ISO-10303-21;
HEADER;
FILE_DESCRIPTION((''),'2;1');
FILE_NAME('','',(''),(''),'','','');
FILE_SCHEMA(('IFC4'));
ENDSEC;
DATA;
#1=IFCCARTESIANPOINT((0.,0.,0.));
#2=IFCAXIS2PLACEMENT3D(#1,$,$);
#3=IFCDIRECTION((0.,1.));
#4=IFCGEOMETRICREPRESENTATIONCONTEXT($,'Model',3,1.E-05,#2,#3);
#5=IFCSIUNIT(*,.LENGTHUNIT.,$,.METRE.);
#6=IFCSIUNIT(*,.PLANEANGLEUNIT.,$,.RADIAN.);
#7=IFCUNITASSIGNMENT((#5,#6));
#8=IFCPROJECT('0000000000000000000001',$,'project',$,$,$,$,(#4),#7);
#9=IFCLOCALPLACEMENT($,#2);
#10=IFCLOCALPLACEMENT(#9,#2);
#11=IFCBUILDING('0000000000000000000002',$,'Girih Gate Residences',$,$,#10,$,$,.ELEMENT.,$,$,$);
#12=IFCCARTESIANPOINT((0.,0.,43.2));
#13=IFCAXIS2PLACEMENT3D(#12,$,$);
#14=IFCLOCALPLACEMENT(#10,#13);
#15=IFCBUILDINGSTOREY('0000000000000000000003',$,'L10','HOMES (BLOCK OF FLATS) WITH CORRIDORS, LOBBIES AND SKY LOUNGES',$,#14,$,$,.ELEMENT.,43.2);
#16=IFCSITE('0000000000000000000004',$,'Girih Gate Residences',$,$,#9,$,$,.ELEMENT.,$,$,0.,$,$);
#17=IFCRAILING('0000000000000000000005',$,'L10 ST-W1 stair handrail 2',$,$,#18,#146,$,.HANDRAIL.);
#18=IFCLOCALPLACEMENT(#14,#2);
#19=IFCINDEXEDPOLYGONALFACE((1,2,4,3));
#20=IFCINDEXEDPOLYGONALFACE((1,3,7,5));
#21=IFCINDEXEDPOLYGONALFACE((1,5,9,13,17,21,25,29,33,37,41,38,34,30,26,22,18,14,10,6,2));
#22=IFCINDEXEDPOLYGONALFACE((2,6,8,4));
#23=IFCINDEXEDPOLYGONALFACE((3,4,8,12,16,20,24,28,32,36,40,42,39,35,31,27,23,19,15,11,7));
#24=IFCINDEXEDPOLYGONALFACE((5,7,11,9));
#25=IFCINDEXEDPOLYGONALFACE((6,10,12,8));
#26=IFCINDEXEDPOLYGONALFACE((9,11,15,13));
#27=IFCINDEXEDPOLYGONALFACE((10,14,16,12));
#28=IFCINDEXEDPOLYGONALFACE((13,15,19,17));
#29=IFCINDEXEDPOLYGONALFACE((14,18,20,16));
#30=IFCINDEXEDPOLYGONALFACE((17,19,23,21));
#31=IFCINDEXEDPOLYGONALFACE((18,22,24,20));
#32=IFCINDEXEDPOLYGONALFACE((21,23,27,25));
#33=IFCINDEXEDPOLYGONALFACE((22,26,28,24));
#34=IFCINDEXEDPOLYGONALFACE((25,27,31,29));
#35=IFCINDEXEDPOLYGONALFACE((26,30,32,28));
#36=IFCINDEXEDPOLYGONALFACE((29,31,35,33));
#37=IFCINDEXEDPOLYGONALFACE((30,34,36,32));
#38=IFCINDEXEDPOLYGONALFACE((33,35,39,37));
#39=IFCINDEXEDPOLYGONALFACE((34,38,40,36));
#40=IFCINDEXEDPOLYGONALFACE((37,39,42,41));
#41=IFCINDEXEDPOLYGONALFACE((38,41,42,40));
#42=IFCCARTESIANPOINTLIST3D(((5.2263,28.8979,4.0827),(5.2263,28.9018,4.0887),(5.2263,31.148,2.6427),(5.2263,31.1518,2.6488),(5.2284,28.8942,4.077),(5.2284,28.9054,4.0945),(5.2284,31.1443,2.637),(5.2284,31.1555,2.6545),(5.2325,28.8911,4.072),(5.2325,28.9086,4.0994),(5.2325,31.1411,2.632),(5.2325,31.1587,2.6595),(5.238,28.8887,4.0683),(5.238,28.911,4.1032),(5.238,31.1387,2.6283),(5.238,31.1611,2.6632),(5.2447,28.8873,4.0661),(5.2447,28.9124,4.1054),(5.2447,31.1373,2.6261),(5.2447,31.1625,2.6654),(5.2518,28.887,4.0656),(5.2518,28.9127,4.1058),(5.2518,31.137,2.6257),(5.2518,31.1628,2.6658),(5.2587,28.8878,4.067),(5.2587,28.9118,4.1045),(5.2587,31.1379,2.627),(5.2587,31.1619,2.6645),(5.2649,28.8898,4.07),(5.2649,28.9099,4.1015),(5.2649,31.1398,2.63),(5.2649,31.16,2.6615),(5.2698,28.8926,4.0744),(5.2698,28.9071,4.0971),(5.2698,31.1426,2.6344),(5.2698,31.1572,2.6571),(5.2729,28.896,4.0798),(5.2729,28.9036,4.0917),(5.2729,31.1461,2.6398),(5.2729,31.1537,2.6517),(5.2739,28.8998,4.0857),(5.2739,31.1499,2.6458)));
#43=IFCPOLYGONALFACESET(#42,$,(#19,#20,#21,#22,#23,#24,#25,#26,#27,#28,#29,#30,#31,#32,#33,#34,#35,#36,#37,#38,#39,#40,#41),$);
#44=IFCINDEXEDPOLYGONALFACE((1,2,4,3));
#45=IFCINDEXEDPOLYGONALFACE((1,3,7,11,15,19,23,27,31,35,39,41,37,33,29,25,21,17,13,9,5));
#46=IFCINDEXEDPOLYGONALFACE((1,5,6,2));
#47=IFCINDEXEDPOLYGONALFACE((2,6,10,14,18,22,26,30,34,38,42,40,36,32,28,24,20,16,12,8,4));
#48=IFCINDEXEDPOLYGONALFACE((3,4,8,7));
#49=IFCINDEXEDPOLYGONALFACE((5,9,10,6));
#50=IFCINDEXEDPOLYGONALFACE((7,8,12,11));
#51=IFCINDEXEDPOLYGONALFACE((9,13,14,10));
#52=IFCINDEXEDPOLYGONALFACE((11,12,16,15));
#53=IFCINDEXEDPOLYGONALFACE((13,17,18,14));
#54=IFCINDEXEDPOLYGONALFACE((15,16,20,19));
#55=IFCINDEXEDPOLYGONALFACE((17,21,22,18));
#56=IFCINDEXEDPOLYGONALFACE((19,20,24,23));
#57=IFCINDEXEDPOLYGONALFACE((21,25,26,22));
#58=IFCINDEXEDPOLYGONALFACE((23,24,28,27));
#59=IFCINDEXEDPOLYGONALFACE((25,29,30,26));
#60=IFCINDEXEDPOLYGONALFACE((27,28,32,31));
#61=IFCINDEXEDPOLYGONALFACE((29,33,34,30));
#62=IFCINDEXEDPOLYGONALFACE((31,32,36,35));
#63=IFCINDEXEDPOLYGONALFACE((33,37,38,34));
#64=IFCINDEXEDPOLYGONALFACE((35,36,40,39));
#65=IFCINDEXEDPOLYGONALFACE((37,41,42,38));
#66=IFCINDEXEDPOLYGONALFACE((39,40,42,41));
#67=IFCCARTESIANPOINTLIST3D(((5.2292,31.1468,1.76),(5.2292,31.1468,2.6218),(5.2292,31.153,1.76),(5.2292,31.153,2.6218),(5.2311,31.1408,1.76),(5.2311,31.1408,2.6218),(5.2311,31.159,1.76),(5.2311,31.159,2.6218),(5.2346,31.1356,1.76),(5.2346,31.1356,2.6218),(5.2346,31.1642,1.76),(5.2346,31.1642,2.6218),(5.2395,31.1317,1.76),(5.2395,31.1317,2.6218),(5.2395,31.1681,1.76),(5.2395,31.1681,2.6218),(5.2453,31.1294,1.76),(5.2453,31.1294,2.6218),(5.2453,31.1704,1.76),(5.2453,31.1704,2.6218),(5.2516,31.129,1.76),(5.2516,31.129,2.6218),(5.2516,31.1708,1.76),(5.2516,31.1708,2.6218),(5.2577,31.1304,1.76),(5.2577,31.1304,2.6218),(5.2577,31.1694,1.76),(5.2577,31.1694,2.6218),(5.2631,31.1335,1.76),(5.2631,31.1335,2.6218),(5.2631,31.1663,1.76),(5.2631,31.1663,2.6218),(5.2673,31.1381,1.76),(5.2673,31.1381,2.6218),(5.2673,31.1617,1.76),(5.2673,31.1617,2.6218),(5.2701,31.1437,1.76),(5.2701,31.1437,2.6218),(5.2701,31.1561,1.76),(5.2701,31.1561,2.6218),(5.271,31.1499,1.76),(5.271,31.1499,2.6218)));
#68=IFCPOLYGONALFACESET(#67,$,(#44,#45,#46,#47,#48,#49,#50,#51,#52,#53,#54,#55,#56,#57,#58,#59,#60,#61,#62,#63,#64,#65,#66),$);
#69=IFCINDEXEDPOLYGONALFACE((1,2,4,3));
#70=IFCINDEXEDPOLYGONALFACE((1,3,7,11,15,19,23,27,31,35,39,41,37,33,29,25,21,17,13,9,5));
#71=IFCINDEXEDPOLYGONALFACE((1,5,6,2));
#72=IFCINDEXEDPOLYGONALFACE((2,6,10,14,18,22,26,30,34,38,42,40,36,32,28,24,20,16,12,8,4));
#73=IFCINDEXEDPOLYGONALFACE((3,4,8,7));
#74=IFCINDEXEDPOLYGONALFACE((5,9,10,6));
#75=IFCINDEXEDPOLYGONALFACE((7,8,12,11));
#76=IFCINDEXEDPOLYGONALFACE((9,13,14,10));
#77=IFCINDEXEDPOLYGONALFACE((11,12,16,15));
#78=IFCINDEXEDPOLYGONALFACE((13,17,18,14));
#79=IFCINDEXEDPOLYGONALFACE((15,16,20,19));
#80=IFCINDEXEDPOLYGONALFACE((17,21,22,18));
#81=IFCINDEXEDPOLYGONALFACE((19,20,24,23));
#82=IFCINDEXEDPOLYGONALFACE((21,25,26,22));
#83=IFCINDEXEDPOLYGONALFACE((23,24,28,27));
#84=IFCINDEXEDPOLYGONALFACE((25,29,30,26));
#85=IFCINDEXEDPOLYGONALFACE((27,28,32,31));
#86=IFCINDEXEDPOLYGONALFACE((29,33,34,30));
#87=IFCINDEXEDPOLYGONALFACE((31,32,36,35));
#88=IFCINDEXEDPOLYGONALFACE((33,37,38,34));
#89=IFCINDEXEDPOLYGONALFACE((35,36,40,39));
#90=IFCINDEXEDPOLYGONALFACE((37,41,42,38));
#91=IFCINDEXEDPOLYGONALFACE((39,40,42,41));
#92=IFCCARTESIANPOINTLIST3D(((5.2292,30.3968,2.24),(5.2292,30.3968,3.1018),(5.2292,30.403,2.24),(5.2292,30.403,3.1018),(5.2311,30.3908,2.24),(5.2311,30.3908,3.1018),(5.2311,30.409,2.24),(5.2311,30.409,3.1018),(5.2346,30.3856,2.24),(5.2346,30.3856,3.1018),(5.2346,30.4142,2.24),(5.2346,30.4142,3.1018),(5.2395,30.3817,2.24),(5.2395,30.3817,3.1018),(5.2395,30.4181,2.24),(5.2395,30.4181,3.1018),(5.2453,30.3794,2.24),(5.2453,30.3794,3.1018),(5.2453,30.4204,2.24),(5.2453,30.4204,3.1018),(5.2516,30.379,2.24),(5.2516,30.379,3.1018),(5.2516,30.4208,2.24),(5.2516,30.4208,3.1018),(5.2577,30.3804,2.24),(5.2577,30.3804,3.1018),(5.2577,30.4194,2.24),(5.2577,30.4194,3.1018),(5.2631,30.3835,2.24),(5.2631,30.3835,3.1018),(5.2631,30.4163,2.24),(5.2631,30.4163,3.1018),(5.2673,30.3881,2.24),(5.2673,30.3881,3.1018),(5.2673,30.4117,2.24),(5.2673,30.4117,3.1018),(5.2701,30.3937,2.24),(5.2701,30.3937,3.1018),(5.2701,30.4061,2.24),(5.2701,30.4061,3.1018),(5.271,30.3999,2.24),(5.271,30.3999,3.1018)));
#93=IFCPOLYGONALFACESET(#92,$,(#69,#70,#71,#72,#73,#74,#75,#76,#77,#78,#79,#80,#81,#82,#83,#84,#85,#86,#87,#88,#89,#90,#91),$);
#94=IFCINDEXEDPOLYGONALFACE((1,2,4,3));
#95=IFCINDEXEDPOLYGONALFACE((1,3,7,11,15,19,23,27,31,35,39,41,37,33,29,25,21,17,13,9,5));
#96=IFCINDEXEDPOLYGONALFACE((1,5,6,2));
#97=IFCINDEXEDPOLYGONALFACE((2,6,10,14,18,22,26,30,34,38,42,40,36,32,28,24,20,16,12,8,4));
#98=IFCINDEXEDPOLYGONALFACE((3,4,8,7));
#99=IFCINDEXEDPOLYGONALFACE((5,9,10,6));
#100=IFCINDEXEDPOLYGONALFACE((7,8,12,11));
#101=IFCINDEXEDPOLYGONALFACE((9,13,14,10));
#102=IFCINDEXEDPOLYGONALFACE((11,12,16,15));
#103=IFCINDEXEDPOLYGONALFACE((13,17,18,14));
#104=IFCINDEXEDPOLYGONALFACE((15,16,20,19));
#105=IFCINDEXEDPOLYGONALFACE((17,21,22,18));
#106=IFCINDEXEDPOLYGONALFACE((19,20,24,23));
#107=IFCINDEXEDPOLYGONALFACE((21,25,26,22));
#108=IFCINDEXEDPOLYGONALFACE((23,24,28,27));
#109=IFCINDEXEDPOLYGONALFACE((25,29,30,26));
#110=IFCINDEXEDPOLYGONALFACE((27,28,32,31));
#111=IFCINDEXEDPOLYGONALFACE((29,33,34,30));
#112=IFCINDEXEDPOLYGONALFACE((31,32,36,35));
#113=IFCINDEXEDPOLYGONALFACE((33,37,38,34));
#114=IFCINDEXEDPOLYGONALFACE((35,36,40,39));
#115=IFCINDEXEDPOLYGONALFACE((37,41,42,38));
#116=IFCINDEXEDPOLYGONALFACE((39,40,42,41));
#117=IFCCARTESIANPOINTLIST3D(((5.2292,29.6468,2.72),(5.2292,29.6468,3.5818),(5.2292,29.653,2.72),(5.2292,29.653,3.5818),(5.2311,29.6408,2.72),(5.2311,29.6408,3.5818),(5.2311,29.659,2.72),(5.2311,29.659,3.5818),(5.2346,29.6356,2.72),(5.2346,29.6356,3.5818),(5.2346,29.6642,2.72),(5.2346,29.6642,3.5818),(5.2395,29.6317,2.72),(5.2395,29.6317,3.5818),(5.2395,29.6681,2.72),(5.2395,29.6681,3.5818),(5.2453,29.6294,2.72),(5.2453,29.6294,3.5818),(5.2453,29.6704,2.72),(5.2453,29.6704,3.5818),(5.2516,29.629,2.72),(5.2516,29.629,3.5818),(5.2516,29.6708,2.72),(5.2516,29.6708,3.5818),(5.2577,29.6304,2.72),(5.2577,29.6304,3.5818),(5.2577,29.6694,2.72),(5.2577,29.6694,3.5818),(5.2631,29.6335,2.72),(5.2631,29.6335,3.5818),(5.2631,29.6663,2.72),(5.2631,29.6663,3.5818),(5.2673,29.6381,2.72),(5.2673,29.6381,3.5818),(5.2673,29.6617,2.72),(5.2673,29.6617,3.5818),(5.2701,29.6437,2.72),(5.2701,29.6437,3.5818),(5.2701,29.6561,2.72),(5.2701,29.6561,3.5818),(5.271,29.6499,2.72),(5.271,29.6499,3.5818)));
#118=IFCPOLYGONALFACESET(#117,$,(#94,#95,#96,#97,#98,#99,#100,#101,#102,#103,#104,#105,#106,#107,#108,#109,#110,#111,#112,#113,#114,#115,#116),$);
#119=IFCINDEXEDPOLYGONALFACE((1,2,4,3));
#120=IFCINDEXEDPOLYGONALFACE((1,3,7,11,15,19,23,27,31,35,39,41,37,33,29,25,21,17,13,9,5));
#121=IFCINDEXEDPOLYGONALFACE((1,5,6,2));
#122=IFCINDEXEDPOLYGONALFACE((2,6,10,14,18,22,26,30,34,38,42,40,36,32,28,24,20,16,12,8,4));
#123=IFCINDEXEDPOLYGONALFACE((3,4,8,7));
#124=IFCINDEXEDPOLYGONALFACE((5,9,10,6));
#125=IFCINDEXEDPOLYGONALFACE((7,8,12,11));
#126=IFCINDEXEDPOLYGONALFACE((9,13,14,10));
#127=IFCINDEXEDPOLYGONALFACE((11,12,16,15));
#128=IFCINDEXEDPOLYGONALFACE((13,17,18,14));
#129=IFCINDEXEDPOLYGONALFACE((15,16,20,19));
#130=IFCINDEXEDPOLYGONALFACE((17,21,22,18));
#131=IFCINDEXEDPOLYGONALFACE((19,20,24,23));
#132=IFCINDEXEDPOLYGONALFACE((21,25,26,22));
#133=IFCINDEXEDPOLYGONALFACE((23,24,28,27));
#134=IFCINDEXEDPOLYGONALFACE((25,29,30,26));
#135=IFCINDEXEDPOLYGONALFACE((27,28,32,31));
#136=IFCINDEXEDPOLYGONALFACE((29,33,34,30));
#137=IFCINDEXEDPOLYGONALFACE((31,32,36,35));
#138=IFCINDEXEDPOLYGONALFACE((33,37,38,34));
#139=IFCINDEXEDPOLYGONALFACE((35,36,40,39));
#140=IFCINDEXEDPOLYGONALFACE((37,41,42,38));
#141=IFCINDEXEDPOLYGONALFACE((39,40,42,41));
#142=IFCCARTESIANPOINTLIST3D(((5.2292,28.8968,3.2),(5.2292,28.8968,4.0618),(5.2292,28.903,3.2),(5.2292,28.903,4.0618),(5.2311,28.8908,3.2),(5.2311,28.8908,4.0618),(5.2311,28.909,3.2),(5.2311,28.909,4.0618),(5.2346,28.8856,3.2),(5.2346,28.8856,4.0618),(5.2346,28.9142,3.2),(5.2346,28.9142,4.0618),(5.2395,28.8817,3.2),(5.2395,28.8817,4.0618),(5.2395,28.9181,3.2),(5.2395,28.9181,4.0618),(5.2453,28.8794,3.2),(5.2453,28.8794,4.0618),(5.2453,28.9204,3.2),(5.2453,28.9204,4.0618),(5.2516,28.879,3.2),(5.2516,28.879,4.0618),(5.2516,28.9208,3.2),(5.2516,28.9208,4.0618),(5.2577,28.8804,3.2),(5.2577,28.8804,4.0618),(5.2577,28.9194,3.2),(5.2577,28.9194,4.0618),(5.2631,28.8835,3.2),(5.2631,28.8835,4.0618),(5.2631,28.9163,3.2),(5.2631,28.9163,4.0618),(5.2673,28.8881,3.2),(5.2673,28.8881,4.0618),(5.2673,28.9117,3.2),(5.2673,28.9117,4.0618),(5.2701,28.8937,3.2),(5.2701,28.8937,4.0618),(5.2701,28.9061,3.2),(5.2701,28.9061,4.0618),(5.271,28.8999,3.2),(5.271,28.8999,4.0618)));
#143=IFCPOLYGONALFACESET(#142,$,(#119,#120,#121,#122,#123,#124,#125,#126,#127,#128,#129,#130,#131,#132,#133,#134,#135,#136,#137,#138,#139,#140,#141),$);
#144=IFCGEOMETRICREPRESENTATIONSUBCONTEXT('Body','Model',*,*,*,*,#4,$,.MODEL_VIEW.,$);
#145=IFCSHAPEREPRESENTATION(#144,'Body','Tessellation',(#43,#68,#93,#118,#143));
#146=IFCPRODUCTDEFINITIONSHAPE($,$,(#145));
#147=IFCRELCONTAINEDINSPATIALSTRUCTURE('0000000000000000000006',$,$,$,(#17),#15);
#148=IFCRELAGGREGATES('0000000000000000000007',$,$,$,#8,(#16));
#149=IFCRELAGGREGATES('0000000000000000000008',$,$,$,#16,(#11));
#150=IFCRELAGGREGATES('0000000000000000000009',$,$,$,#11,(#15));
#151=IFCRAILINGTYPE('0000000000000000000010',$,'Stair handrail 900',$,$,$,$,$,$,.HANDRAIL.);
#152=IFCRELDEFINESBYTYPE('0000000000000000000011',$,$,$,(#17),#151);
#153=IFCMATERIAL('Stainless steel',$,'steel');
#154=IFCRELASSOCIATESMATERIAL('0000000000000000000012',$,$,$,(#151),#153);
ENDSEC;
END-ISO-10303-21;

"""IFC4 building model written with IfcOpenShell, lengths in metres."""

from ifc_helpers import new_model, si_unit, direction, frame, origin, origin_2d, place, context, subcontext, project, spatial, circle, extrude, material, type_object, element, save


model = new_model("IFC4")

# Units and contexts
model_context = context("Model", 3, precision=1e-05, world=origin(), true_north=direction((0.0, 1.0)))
body_context = subcontext(model_context, "Body", "Model", "MODEL_VIEW")
ifc_project = project(units=[si_unit("LENGTHUNIT", "METRE"), si_unit("PLANEANGLEUNIT", "RADIAN")], contexts=[model_context])

# Site, building, storey
site_placement = place(None, origin())
site = spatial("IfcSite", under=ifc_project, at=site_placement, Name="Girih Gate Residences", CompositionType="ELEMENT", RefElevation=0.0)
building_placement = place(site_placement, origin())
building = spatial("IfcBuilding", under=site, at=building_placement, Name="Girih Gate Residences", CompositionType="ELEMENT")
storey_placement = place(building_placement, frame((0.0, 0.0, 43.2)))
storey = spatial("IfcBuildingStorey", under=building, at=storey_placement, Name="L10", Description="HOMES (BLOCK OF FLATS) WITH CORRIDORS, LOBBIES AND SKY LOUNGES", CompositionType="ELEMENT", Elevation=43.2)

# Railing
ifc_material_1 = material(Name="Stainless steel", Category="steel")
railing_type_1 = type_object("IfcRailingType", Name="Stair handrail 900", PredefinedType="HANDRAIL", material=ifc_material_1)
railing_1_placement = place(storey_placement, frame((5.25, 31.1499, 1.76)))
element("IfcRailing", 1, at=railing_1_placement, inside=storey, type_object=railing_type_1, Name="L10 ST-W1 stair handrail 2", PredefinedType="HANDRAIL", context=body_context, shape_type="SweptSolid", body=[
    extrude(circle(Radius=0.0239, at=origin_2d()), frame((0.0, 0.0, 0.8857), z_axis=(0.0, -0.842281, 0.539038), x_axis=(1.0, 0.0, 0.0)), (0.0, 0.0, 1.0), 2.6714),
    extrude(circle(Radius=0.021, at=origin_2d()), origin(), (0.0, 0.0, 1.0), 0.8618),
    extrude(circle(Radius=0.021, at=origin_2d()), frame((0.0, -0.75, 0.48)), (0.0, 0.0, 1.0), 0.8618),
    extrude(circle(Radius=0.021, at=origin_2d()), frame((0.0, -1.5, 0.96)), (0.0, 0.0, 1.0), 0.8618),
    extrude(circle(Radius=0.021, at=origin_2d()), frame((0.0, -2.25, 1.4399)), (0.0, 0.0, 1.0), 0.8618),
])

save(model, "model.ifc")
